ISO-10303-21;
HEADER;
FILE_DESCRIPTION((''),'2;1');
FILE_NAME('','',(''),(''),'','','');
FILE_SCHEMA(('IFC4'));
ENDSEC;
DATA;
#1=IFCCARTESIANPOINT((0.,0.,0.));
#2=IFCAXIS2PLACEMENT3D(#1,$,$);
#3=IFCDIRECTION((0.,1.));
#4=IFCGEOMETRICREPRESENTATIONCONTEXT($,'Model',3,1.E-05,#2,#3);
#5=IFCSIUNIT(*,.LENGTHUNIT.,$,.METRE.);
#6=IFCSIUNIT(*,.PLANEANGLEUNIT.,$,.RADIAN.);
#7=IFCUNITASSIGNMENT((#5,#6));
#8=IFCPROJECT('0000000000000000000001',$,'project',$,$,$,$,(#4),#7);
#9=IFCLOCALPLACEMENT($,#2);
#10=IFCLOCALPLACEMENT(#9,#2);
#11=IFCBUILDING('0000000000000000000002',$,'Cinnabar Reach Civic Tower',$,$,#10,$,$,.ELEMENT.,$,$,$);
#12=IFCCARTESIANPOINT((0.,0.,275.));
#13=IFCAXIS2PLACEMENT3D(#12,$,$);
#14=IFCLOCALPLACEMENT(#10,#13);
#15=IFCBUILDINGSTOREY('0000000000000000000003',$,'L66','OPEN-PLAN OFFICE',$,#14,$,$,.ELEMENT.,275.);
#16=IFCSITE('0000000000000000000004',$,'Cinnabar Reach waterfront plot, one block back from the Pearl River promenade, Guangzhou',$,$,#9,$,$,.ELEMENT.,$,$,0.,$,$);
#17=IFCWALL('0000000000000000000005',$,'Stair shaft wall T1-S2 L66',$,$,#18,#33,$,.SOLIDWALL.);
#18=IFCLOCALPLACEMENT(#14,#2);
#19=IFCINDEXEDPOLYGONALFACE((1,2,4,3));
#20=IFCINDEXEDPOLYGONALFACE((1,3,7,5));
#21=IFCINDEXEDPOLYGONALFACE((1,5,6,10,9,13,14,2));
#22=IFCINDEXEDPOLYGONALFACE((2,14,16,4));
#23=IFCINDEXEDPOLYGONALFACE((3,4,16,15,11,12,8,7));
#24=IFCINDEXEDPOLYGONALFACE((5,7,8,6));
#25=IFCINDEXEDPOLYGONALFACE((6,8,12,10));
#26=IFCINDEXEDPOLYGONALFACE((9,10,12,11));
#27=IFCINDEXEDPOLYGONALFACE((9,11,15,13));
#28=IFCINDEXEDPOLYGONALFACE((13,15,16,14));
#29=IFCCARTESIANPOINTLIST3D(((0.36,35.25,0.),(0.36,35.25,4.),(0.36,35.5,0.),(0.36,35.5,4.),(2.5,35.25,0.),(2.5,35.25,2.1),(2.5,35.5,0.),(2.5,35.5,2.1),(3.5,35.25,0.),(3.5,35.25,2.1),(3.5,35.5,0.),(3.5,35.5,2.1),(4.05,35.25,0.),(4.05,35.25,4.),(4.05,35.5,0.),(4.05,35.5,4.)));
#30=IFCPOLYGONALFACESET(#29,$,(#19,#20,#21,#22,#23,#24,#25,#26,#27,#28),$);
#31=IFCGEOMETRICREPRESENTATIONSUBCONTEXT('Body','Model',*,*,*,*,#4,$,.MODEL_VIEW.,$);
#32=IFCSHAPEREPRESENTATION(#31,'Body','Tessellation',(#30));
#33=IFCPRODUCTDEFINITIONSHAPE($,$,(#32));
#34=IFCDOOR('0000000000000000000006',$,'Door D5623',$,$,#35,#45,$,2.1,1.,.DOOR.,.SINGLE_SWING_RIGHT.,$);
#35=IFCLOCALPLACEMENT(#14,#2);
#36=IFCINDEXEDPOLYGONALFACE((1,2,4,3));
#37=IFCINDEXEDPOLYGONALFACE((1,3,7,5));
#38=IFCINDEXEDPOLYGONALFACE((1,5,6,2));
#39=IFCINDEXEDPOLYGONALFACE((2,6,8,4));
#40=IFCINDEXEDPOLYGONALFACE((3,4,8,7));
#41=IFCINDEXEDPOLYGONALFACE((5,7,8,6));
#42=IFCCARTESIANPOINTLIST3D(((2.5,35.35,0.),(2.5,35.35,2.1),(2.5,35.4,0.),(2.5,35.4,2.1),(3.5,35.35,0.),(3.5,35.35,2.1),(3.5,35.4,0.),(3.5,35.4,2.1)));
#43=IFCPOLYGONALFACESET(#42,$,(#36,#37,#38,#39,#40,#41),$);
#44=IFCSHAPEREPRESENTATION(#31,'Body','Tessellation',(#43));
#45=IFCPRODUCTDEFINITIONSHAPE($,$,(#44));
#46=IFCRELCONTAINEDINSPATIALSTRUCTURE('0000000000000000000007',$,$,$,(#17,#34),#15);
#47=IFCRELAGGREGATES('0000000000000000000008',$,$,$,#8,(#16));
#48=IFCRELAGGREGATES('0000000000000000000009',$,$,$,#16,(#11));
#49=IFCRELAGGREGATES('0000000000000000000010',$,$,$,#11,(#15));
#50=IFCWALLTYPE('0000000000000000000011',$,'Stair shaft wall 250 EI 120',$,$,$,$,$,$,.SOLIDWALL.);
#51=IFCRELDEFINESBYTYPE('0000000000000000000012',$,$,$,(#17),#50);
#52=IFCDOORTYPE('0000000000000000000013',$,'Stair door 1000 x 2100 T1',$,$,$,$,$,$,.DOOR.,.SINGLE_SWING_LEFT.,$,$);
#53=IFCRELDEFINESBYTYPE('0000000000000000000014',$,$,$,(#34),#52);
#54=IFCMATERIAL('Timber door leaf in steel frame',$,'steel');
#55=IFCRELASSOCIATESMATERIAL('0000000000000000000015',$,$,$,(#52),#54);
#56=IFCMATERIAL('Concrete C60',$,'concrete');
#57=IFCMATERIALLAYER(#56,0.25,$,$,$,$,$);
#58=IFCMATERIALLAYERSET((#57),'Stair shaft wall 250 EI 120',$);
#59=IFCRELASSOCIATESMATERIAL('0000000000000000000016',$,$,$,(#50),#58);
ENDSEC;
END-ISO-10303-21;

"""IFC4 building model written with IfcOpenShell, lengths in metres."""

from ifc_helpers import new_model, si_unit, direction, frame, frame_2d, origin, place, context, subcontext, project, spatial, rectangle, extrude, material, layer, layer_set, type_object, element, fill, save


model = new_model("IFC4")

# Units and contexts
model_context = context("Model", 3, precision=1e-05, world=origin(), true_north=direction((0.0, 1.0)))
body_context = subcontext(model_context, "Body", "Model", "MODEL_VIEW")
ifc_project = project(units=[si_unit("LENGTHUNIT", "METRE"), si_unit("PLANEANGLEUNIT", "RADIAN")], contexts=[model_context])

# Site, building, storey
site_placement = place(None, origin())
site = spatial("IfcSite", under=ifc_project, at=site_placement, Name="Cinnabar Reach waterfront plot, one block back from the Pearl River promenade, Guangzhou", CompositionType="ELEMENT", RefElevation=0.0)
building_placement = place(site_placement, origin())
building = spatial("IfcBuilding", under=site, at=building_placement, Name="Cinnabar Reach Civic Tower", CompositionType="ELEMENT")
storey_placement = place(building_placement, frame((0.0, 0.0, 275.0)))
storey = spatial("IfcBuildingStorey", under=building, at=storey_placement, Name="L66", Description="OPEN-PLAN OFFICE", CompositionType="ELEMENT", Elevation=275.0)

# Shared definitions
ifc_material_1 = material(Name="Concrete C60", Category="concrete")

# Shared definitions
ifc_material_2 = material(Name="Timber door leaf in steel frame", Category="steel")
door_type_1 = type_object("IfcDoorType", Name="Stair door 1000 x 2100 T1", OperationType="SINGLE_SWING_LEFT", PredefinedType="DOOR", material=ifc_material_2)

# Wall, opening, door
ifc_layer_1 = layer(ifc_material_1, 0.25)
ifc_layer_set_1 = layer_set([ifc_layer_1], Name="Stair shaft wall 250 EI 120")
wall_type_1 = type_object("IfcWallType", Name="Stair shaft wall 250 EI 120", PredefinedType="SOLIDWALL", material=ifc_layer_set_1)
wall_1_placement = place(storey_placement, frame((0.36, 35.375, 0.0), z_axis=(0.0, 0.0, 1.0), x_axis=(1.0, 0.0, 0.0)))
wall_1 = element("IfcWall", 1, at=wall_1_placement, inside=storey, type_object=wall_type_1, Name="Stair shaft wall T1-S2 L66", PredefinedType="SOLIDWALL", context=body_context, shape_type="SweptSolid", body=[
    extrude(rectangle(XDim=3.69, YDim=0.25, at=frame_2d((1.845, 0.0))), origin(), (0.0, 0.0, 1.0), 4.0),
])
opening_1_placement = place(wall_1_placement, frame((2.14, 0.0, 0.0)))
opening_1 = element("IfcOpeningElement", 2, at=opening_1_placement, cuts=wall_1, PredefinedType="OPENING", context=body_context, shape_type="SweptSolid", body=[
    extrude(rectangle(XDim=1.0, YDim=2.1, at=frame_2d((0.5, 1.05))), frame((0.0, 0.135, 0.0), z_axis=(0.0, -1.0, 0.0), x_axis=(1.0, 0.0, 0.0)), (0.0, 0.0, 1.0), 0.27),
])
door_1_placement = place(opening_1_placement, origin())
door_1 = element("IfcDoor", 3, at=door_1_placement, inside=storey, type_object=door_type_1, Name="Door D5623", OperationType="SINGLE_SWING_RIGHT", OverallHeight=2.1, OverallWidth=1.0, PredefinedType="DOOR", context=body_context, shape_type="SweptSolid", body=[
    extrude(rectangle(XDim=1.0, YDim=2.1, at=frame_2d((0.5, 1.05))), frame((0.0, 0.025, 0.0), z_axis=(0.0, -1.0, 0.0), x_axis=(1.0, 0.0, 0.0)), (0.0, 0.0, 1.0), 0.05),
])
fill(opening_1, door_1)

save(model, "model.ifc")
